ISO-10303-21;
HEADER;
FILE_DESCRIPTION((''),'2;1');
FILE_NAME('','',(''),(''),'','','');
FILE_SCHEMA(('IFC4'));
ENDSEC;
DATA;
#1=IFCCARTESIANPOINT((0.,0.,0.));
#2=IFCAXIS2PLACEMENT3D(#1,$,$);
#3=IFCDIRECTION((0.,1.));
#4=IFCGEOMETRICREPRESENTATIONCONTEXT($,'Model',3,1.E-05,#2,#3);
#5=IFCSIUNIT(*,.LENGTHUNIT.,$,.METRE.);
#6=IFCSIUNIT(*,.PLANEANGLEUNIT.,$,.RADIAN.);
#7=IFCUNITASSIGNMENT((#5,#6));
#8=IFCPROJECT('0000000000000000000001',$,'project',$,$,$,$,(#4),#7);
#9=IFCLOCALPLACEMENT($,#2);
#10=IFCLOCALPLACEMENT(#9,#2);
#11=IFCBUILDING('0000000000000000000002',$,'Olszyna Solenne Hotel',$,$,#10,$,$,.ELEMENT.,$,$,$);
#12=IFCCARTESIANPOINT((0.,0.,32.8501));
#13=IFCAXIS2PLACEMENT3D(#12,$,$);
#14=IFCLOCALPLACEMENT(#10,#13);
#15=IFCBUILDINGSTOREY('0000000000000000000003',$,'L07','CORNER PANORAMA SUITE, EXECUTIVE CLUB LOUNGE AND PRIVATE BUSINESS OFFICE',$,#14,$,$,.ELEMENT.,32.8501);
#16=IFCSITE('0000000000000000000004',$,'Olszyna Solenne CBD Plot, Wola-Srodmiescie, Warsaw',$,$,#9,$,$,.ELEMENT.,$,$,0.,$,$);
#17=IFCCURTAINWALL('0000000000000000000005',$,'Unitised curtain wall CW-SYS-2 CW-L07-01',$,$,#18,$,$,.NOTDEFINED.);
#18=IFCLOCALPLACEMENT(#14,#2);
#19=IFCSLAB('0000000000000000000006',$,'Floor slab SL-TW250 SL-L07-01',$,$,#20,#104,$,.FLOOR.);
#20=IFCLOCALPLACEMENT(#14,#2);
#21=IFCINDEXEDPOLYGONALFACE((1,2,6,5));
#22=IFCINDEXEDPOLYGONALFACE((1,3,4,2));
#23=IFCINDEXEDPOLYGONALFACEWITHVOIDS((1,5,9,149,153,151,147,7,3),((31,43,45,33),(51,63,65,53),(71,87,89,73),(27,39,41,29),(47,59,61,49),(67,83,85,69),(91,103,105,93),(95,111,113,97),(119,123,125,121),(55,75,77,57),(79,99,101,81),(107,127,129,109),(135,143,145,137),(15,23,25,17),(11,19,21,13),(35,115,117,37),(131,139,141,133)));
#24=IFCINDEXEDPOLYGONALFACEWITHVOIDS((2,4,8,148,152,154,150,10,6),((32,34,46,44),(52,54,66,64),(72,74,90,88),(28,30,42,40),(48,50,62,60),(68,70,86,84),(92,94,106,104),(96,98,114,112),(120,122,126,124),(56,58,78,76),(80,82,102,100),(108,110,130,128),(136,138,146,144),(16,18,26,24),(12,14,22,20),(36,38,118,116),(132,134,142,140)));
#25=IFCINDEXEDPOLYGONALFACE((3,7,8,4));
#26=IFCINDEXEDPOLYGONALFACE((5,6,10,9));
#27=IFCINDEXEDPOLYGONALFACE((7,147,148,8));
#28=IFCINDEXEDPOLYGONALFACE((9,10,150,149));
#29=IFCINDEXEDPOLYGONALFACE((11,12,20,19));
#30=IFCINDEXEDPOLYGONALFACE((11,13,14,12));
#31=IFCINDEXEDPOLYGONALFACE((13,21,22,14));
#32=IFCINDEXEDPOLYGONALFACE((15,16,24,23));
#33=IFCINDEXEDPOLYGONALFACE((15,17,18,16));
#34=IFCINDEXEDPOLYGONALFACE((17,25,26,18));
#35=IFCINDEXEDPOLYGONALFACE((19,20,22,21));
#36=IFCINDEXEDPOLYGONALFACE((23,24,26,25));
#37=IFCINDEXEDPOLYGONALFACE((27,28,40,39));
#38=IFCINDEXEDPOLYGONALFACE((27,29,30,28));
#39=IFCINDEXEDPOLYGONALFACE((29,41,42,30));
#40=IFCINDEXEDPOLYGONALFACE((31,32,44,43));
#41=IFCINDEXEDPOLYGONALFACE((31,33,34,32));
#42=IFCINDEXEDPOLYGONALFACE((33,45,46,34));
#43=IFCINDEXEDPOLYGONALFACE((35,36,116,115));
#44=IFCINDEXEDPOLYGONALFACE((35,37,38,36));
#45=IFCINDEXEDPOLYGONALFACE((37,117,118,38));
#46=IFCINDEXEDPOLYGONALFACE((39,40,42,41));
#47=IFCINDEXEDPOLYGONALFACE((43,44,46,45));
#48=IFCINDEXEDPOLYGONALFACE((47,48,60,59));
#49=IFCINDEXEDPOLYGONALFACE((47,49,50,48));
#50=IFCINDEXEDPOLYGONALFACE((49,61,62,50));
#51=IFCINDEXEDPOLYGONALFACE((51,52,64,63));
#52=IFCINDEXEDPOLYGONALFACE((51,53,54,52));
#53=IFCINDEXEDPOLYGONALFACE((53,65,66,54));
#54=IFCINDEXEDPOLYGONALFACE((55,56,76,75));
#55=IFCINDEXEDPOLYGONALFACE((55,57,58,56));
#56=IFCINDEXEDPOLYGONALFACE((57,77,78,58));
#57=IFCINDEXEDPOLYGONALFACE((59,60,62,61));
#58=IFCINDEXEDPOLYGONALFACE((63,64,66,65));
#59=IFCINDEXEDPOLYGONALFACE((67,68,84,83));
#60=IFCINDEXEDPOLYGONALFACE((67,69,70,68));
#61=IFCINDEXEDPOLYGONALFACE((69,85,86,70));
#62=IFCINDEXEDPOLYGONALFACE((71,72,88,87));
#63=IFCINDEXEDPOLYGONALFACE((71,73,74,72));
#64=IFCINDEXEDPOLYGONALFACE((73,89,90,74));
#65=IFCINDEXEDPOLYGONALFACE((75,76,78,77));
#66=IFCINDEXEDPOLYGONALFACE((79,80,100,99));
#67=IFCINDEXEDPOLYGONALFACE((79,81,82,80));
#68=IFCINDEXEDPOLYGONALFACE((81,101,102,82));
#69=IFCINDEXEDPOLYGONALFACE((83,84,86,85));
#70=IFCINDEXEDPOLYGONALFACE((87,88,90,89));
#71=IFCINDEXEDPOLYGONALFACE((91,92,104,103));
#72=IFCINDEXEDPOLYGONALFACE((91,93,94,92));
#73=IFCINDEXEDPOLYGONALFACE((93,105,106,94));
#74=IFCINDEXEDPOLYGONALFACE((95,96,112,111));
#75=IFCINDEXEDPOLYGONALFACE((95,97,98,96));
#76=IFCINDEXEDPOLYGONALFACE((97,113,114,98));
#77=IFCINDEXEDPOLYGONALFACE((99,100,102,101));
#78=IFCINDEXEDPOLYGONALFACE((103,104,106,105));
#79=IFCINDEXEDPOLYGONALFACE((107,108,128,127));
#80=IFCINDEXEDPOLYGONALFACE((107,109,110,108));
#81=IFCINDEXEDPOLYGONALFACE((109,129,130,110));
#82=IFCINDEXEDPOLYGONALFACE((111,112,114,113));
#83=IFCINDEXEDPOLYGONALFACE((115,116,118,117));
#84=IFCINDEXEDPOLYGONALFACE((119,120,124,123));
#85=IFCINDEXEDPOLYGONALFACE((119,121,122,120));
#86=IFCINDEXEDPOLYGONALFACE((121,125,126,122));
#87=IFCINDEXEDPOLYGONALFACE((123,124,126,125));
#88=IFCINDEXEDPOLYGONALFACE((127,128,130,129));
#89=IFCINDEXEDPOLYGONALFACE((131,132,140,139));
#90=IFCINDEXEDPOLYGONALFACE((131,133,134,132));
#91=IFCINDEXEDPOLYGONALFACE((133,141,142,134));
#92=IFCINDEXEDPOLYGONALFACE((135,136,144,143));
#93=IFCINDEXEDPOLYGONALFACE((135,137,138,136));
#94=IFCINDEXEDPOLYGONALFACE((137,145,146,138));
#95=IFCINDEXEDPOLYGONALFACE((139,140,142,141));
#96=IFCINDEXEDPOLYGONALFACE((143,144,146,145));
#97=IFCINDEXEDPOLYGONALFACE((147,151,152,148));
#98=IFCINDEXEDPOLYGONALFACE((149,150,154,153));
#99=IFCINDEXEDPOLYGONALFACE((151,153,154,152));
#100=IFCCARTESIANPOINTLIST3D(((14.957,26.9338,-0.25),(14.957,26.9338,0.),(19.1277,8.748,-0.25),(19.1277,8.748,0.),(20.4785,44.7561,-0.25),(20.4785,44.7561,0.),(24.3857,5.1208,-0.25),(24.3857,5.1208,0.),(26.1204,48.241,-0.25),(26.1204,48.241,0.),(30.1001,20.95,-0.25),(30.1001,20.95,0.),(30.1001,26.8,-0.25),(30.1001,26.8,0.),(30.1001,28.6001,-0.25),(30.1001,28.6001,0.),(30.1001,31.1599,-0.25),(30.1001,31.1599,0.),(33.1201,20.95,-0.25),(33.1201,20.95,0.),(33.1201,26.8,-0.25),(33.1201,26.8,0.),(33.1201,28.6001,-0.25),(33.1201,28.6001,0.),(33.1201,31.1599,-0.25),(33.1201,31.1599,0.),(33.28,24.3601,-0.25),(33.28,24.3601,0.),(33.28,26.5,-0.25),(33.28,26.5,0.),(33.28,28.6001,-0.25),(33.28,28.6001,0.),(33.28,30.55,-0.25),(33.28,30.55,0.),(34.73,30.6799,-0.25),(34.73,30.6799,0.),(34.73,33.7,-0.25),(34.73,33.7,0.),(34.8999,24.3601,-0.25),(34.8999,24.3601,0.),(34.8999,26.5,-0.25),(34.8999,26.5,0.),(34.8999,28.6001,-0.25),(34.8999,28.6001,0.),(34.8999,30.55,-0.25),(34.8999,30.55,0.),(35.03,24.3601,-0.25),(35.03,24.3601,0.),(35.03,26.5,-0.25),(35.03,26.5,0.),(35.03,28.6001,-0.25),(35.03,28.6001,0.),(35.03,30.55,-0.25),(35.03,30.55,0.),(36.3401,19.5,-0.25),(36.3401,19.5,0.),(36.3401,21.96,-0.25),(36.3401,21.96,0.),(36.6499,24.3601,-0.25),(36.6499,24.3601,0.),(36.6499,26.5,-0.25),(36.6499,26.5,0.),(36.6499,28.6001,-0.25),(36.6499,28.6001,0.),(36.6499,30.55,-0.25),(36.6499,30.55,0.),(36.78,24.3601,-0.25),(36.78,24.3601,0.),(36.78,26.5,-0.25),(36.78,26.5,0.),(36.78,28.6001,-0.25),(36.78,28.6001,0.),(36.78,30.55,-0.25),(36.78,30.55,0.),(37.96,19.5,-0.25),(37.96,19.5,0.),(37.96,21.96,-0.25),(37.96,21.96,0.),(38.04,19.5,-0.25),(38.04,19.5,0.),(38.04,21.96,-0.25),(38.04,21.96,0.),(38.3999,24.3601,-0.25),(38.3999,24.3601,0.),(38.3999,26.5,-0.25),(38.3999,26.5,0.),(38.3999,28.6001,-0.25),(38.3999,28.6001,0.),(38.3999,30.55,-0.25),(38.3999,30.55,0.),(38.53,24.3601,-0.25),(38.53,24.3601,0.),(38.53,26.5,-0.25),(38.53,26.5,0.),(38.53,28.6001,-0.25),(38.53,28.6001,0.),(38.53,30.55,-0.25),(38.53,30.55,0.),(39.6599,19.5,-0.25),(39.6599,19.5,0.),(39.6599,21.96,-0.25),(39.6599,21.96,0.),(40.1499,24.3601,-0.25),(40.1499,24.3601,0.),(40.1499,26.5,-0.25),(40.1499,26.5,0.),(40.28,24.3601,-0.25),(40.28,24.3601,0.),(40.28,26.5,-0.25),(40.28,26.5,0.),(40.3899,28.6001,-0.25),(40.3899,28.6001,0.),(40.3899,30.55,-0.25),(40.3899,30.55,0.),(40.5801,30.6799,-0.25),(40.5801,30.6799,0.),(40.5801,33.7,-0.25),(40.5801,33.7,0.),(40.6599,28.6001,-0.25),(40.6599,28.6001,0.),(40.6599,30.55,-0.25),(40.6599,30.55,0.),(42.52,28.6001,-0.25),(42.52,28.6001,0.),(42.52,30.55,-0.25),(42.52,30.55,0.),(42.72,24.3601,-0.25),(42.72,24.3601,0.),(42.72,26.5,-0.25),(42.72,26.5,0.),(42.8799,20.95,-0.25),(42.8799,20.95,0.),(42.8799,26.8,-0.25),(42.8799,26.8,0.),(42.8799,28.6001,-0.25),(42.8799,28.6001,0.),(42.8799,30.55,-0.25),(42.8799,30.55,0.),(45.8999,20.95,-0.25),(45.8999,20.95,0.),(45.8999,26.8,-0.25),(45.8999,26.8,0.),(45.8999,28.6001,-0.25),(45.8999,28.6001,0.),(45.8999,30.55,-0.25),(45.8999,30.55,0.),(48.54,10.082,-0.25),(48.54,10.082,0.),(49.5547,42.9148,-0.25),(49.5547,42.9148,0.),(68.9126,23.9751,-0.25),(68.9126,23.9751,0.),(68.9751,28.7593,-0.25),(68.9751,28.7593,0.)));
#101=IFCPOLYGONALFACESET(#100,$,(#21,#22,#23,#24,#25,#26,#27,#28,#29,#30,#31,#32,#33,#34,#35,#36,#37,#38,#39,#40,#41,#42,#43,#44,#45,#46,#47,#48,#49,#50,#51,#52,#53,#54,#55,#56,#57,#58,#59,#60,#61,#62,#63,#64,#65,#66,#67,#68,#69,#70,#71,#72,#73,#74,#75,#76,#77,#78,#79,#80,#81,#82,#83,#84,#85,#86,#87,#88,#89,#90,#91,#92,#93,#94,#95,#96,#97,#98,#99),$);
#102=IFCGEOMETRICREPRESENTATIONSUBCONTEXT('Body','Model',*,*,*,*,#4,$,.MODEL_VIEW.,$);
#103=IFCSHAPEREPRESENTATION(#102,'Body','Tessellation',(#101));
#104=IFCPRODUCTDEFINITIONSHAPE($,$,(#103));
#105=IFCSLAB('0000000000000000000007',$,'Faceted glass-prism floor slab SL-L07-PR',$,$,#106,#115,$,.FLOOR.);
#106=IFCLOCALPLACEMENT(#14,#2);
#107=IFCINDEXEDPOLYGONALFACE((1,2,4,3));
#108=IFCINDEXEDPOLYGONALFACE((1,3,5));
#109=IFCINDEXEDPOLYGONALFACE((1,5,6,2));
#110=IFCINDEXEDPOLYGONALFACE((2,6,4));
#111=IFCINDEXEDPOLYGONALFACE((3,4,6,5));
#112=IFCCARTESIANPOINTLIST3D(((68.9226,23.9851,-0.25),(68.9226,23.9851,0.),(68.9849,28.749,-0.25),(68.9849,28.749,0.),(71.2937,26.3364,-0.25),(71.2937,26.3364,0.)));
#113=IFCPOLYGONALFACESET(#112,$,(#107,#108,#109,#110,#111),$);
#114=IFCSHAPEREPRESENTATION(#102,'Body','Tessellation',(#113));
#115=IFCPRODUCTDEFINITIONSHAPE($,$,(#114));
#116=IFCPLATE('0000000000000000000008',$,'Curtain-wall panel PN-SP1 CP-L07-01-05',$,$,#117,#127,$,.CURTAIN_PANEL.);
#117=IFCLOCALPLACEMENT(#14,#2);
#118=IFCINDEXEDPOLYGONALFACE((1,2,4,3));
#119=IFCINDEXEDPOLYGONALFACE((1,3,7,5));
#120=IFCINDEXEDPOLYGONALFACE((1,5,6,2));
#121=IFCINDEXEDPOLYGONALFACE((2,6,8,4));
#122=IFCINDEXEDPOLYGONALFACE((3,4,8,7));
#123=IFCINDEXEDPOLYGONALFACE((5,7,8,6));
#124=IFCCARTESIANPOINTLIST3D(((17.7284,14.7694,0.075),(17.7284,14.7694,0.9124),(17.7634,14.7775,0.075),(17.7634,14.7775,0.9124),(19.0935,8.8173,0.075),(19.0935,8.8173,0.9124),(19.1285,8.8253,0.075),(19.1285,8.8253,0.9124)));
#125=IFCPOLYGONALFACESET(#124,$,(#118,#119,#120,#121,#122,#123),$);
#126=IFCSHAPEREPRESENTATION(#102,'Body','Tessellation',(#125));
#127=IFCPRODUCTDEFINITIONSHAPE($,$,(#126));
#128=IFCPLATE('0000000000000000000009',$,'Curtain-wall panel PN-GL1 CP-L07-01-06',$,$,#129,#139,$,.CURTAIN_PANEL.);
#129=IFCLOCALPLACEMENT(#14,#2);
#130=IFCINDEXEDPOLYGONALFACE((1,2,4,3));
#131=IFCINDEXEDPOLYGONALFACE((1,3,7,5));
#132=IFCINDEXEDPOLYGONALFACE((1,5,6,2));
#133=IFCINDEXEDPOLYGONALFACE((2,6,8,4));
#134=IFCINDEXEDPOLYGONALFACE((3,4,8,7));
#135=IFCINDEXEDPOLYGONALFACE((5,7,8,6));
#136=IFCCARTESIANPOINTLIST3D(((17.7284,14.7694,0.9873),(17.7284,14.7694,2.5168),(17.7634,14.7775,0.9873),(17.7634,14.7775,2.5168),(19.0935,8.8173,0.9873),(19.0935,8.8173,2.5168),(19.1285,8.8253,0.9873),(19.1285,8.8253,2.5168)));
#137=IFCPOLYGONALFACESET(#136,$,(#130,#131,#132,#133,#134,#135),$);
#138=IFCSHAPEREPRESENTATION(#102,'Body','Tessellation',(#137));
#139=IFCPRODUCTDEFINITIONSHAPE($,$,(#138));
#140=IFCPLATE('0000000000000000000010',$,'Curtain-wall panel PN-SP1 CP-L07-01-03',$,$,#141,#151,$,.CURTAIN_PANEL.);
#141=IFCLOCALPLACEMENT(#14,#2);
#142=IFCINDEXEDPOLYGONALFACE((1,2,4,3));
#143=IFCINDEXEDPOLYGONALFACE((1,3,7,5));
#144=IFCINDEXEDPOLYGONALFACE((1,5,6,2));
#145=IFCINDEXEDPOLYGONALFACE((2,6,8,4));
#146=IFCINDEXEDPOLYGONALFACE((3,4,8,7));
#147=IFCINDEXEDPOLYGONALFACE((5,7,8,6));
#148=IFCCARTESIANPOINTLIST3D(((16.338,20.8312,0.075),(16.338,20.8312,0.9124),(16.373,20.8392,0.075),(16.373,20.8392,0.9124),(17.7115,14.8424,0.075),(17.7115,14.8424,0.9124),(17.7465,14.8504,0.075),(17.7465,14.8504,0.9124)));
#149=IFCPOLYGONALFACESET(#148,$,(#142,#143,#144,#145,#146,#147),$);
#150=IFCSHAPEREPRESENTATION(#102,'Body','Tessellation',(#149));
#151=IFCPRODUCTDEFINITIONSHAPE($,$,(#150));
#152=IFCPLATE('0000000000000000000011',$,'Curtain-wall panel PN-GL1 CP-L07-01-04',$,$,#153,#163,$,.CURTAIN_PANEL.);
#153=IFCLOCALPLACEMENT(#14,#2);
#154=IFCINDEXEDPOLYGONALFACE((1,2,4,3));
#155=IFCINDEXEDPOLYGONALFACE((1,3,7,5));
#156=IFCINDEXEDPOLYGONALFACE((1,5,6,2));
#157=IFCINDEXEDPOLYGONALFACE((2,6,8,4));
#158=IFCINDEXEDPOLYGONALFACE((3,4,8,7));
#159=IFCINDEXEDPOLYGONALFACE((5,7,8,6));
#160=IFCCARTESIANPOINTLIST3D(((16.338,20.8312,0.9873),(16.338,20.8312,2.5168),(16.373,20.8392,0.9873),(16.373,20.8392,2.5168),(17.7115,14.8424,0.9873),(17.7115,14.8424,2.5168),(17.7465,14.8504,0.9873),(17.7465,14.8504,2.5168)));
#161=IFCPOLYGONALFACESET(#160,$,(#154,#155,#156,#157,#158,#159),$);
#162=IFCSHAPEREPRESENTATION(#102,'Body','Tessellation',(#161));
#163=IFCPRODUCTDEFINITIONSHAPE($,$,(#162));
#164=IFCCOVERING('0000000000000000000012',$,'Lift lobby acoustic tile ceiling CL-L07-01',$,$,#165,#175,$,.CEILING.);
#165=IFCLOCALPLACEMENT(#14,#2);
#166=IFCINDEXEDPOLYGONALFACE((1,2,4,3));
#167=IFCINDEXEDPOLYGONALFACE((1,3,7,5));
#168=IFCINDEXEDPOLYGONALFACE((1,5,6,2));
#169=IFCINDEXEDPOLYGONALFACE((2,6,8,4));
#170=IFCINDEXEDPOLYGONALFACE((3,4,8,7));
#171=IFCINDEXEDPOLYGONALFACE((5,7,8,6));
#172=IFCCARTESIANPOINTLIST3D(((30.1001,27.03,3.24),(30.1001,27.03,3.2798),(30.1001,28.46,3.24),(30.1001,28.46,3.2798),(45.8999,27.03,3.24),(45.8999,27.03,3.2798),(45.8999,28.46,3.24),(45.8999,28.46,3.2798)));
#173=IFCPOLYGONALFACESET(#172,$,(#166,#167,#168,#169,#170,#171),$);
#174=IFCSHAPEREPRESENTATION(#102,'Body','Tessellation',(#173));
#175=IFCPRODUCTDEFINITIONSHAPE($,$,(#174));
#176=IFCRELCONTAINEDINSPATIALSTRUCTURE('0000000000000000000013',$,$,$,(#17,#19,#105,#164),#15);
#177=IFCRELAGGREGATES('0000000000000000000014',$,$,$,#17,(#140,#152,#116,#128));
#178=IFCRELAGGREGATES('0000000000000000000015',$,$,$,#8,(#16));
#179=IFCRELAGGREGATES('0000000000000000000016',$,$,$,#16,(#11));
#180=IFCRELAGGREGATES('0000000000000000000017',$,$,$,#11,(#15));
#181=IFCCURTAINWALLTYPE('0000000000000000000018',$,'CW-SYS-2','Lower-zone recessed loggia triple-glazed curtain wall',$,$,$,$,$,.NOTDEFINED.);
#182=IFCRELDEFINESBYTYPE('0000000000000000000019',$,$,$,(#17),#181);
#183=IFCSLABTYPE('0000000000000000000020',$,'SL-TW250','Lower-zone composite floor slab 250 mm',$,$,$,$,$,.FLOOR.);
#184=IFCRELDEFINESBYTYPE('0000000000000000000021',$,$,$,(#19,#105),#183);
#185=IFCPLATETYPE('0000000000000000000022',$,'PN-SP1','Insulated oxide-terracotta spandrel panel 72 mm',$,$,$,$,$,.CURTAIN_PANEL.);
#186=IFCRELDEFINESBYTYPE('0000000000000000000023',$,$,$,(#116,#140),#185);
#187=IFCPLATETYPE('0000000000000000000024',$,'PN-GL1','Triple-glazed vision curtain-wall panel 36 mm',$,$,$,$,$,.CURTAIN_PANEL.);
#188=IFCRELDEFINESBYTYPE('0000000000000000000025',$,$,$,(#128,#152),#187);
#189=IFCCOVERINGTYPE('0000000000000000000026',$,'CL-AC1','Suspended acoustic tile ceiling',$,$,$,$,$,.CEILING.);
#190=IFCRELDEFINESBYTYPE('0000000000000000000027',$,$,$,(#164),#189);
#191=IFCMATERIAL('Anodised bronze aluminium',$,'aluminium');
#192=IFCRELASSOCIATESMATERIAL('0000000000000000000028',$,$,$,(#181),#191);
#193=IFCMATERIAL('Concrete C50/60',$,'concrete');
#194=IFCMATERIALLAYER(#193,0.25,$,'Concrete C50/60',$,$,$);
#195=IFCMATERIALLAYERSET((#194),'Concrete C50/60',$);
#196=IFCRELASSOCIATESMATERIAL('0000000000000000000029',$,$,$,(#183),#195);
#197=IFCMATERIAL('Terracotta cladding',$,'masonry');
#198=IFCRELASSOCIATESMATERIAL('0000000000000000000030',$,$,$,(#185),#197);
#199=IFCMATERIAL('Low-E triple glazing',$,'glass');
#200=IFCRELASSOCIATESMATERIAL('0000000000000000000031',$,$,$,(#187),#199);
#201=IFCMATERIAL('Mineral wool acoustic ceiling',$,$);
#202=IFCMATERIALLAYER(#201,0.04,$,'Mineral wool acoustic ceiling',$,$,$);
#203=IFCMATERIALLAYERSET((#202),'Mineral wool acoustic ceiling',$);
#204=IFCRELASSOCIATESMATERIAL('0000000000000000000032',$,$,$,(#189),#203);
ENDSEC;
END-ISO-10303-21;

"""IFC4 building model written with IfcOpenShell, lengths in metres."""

from ifc_helpers import new_model, si_unit, direction, frame, origin, origin_2d, place, context, subcontext, project, spatial, polyline, rectangle, outline, extrude, source, transform, mapped, material, layer, layer_set, type_object, element, aggregate, save


model = new_model("IFC4")

# Units and contexts
model_context = context("Model", 3, precision=1e-05, world=origin(), true_north=direction((0.0, 1.0)))
body_context = subcontext(model_context, "Body", "Model", "MODEL_VIEW")
ifc_project = project(units=[si_unit("LENGTHUNIT", "METRE"), si_unit("PLANEANGLEUNIT", "RADIAN")], contexts=[model_context])

# Site, building, storey
site_placement = place(None, origin())
site = spatial("IfcSite", under=ifc_project, at=site_placement, Name="Olszyna Solenne CBD Plot, Wola-Srodmiescie, Warsaw", CompositionType="ELEMENT", RefElevation=0.0)
building_placement = place(site_placement, origin())
building = spatial("IfcBuilding", under=site, at=building_placement, Name="Olszyna Solenne Hotel", CompositionType="ELEMENT")
storey_placement = place(building_placement, frame((0.0, 0.0, 32.8501)))
storey = spatial("IfcBuildingStorey", under=building, at=storey_placement, Name="L07", Description="CORNER PANORAMA SUITE, EXECUTIVE CLUB LOUNGE AND PRIVATE BUSINESS OFFICE", CompositionType="ELEMENT", Elevation=32.8501)

# Curtain wall
ifc_material_1 = material(Name="Anodised bronze aluminium", Category="aluminium")
curtain_wall_type = type_object("IfcCurtainWallType", Name="CW-SYS-2", Description="Lower-zone recessed loggia triple-glazed curtain wall", PredefinedType="NOTDEFINED", material=ifc_material_1)
curtain_wall_placement = place(storey_placement, origin())
curtain_wall = element("IfcCurtainWall", 1, at=curtain_wall_placement, inside=storey, type_object=curtain_wall_type, Name="Unitised curtain wall CW-SYS-2 CW-L07-01", PredefinedType="NOTDEFINED")

# Slabs
ifc_material_2 = material(Name="Concrete C50/60", Category="concrete")
ifc_layer_1 = layer(ifc_material_2, 0.25, Name="Concrete C50/60")
ifc_layer_set_1 = layer_set([ifc_layer_1], Name="Concrete C50/60")
slab_type_1 = type_object("IfcSlabType", Name="SL-TW250", Description="Lower-zone composite floor slab 250 mm", PredefinedType="FLOOR", material=ifc_layer_set_1)
slab_1_placement = place(storey_placement, frame((0.0, 0.0, -0.25)))
element("IfcSlab", 2, at=slab_1_placement, inside=storey, type_object=slab_type_1, Name="Floor slab SL-TW250 SL-L07-01", PredefinedType="FLOOR", context=body_context, shape_type="SweptSolid", body=[
    extrude(outline(polyline([(68.9126, 23.9751), (68.9751, 28.7593), (49.5547, 42.9148), (26.1204, 48.241), (20.4785, 44.7561), (14.957, 26.9338), (19.1277, 8.748), (24.3857, 5.1208), (48.54, 10.082), (68.9126, 23.9751)]), holes=[polyline([(30.1001, 20.95), (33.1201, 20.95), (33.1201, 26.8), (30.1001, 26.8), (30.1001, 20.95)]), polyline([(42.8799, 20.95), (45.8999, 20.95), (45.8999, 26.8), (42.8799, 26.8), (42.8799, 20.95)]), polyline([(34.73, 30.6799), (40.5801, 30.6799), (40.5801, 33.7), (34.73, 33.7), (34.73, 30.6799)]), polyline([(36.3401, 19.5), (37.96, 19.5), (37.96, 21.96), (36.3401, 21.96), (36.3401, 19.5)]), polyline([(38.04, 19.5), (39.6599, 19.5), (39.6599, 21.96), (38.04, 21.96), (38.04, 19.5)]), polyline([(30.1001, 28.6001), (33.1201, 28.6001), (33.1201, 31.1599), (30.1001, 31.1599), (30.1001, 28.6001)]), polyline([(33.28, 24.3601), (34.8999, 24.3601), (34.8999, 26.5), (33.28, 26.5), (33.28, 24.3601)]), polyline([(35.03, 24.3601), (36.6499, 24.3601), (36.6499, 26.5), (35.03, 26.5), (35.03, 24.3601)]), polyline([(36.78, 24.3601), (38.3999, 24.3601), (38.3999, 26.5), (36.78, 26.5), (36.78, 24.3601)]), polyline([(38.53, 24.3601), (40.1499, 24.3601), (40.1499, 26.5), (38.53, 26.5), (38.53, 24.3601)]), polyline([(40.28, 24.3601), (42.72, 24.3601), (42.72, 26.5), (40.28, 26.5), (40.28, 24.3601)]), polyline([(33.28, 28.6001), (34.8999, 28.6001), (34.8999, 30.55), (33.28, 30.55), (33.28, 28.6001)]), polyline([(35.03, 28.6001), (36.6499, 28.6001), (36.6499, 30.55), (35.03, 30.55), (35.03, 28.6001)]), polyline([(36.78, 28.6001), (38.3999, 28.6001), (38.3999, 30.55), (36.78, 30.55), (36.78, 28.6001)]), polyline([(38.53, 28.6001), (40.3899, 28.6001), (40.3899, 30.55), (38.53, 30.55), (38.53, 28.6001)]), polyline([(40.6599, 28.6001), (42.52, 28.6001), (42.52, 30.55), (40.6599, 30.55), (40.6599, 28.6001)]), polyline([(42.8799, 28.6001), (45.8999, 28.6001), (45.8999, 30.55), (42.8799, 30.55), (42.8799, 28.6001)])]), origin(), (0.0, 0.0, 1.0), 0.25),
])
slab_2_placement = place(storey_placement, frame((0.0, 0.0, -0.25)))
element("IfcSlab", 3, at=slab_2_placement, inside=storey, type_object=slab_type_1, Name="Faceted glass-prism floor slab SL-L07-PR", PredefinedType="FLOOR", context=body_context, shape_type="SweptSolid", body=[
    extrude(outline(polyline([(68.9849, 28.749), (68.9226, 23.9851), (71.2937, 26.3364), (68.9849, 28.749)])), origin(), (0.0, 0.0, 1.0), 0.25),
])

# Plates
ifc_material_3 = material(Name="Terracotta cladding", Category="masonry")
plate_type_1 = type_object("IfcPlateType", Name="PN-SP1", Description="Insulated oxide-terracotta spandrel panel 72 mm", PredefinedType="CURTAIN_PANEL", material=ifc_material_3)
shared_shape_1 = source(origin(), body_context, "Body", "SweptSolid", [
    extrude(rectangle(XDim=6.1067, YDim=0.0359, at=origin_2d()), origin(), (0.0, 0.0, 1.0), 0.8374),
])
plate_1_placement = place(storey_placement, frame((18.4285, 11.7974, 0.075), z_axis=(0.0, 0.0, 1.0), x_axis=(0.223535, -0.974696, 0.0)))
plate_1 = element("IfcPlate", 4, at=plate_1_placement, type_object=plate_type_1, Name="Curtain-wall panel PN-SP1 CP-L07-01-05", PredefinedType="CURTAIN_PANEL", context=body_context, shape_type="MappedRepresentation", body=[
    mapped(shared_shape_1, transform((0.0, 0.0, 0.0), x_axis=(1.0, 0.0, 0.0), y_axis=(0.0, 1.0, 0.0), z_axis=(0.0, 0.0, 1.0), scale=1.0)),
])
ifc_material_4 = material(Name="Low-E triple glazing", Category="glass")
plate_type_2 = type_object("IfcPlateType", Name="PN-GL1", Description="Triple-glazed vision curtain-wall panel 36 mm", PredefinedType="CURTAIN_PANEL", material=ifc_material_4)
shared_shape_2 = source(origin(), body_context, "Body", "SweptSolid", [
    extrude(rectangle(XDim=6.1067, YDim=0.0359, at=origin_2d()), origin(), (0.0, 0.0, 1.0), 1.5295),
])
plate_2_placement = place(storey_placement, frame((18.4285, 11.7974, 0.9873), z_axis=(0.0, 0.0, 1.0), x_axis=(0.223535, -0.974696, 0.0)))
plate_2 = element("IfcPlate", 5, at=plate_2_placement, type_object=plate_type_2, Name="Curtain-wall panel PN-GL1 CP-L07-01-06", PredefinedType="CURTAIN_PANEL", context=body_context, shape_type="MappedRepresentation", body=[
    mapped(shared_shape_2, transform((0.0, 0.0, 0.0), x_axis=(1.0, 0.0, 0.0), y_axis=(0.0, 1.0, 0.0), z_axis=(0.0, 0.0, 1.0), scale=1.0)),
])
shared_shape_3 = source(origin(), body_context, "Body", "SweptSolid", [
    extrude(rectangle(XDim=6.1443, YDim=0.0359, at=origin_2d()), origin(), (0.0, 0.0, 1.0), 0.8374),
])
plate_3_placement = place(storey_placement, frame((17.0422, 17.8408, 0.075), z_axis=(0.0, 0.0, 1.0), x_axis=(0.223535, -0.974696, 0.0)))
plate_3 = element("IfcPlate", 6, at=plate_3_placement, type_object=plate_type_1, Name="Curtain-wall panel PN-SP1 CP-L07-01-03", PredefinedType="CURTAIN_PANEL", context=body_context, shape_type="MappedRepresentation", body=[
    mapped(shared_shape_3, transform((0.0, 0.0, 0.0), x_axis=(1.0, 0.0, 0.0), y_axis=(0.0, 1.0, 0.0), z_axis=(0.0, 0.0, 1.0), scale=1.0)),
])
shared_shape_4 = source(origin(), body_context, "Body", "SweptSolid", [
    extrude(rectangle(XDim=6.1443, YDim=0.0359, at=origin_2d()), origin(), (0.0, 0.0, 1.0), 1.5295),
])
plate_4_placement = place(storey_placement, frame((17.0422, 17.8408, 0.9873), z_axis=(0.0, 0.0, 1.0), x_axis=(0.223535, -0.974696, 0.0)))
plate_4 = element("IfcPlate", 7, at=plate_4_placement, type_object=plate_type_2, Name="Curtain-wall panel PN-GL1 CP-L07-01-04", PredefinedType="CURTAIN_PANEL", context=body_context, shape_type="MappedRepresentation", body=[
    mapped(shared_shape_4, transform((0.0, 0.0, 0.0), x_axis=(1.0, 0.0, 0.0), y_axis=(0.0, 1.0, 0.0), z_axis=(0.0, 0.0, 1.0), scale=1.0)),
])
aggregate(curtain_wall, [plate_3, plate_4, plate_1, plate_2])

# Covering
ifc_material_5 = material(Name="Mineral wool acoustic ceiling")
ifc_layer_2 = layer(ifc_material_5, 0.04, Name="Mineral wool acoustic ceiling")
ifc_layer_set_2 = layer_set([ifc_layer_2], Name="Mineral wool acoustic ceiling")
covering_type_1 = type_object("IfcCoveringType", Name="CL-AC1", Description="Suspended acoustic tile ceiling", PredefinedType="CEILING", material=ifc_layer_set_2)
covering_1_placement = place(storey_placement, frame((0.0, 0.0, 3.24)))
element("IfcCovering", 8, at=covering_1_placement, inside=storey, type_object=covering_type_1, Name="Lift lobby acoustic tile ceiling CL-L07-01", PredefinedType="CEILING", context=body_context, shape_type="SweptSolid", body=[
    extrude(outline(polyline([(30.1001, 27.03), (45.8999, 27.03), (45.8999, 28.46), (30.1001, 28.46), (30.1001, 27.03)])), origin(), (0.0, 0.0, 1.0), 0.0398),
])

save(model, "model.ifc")
